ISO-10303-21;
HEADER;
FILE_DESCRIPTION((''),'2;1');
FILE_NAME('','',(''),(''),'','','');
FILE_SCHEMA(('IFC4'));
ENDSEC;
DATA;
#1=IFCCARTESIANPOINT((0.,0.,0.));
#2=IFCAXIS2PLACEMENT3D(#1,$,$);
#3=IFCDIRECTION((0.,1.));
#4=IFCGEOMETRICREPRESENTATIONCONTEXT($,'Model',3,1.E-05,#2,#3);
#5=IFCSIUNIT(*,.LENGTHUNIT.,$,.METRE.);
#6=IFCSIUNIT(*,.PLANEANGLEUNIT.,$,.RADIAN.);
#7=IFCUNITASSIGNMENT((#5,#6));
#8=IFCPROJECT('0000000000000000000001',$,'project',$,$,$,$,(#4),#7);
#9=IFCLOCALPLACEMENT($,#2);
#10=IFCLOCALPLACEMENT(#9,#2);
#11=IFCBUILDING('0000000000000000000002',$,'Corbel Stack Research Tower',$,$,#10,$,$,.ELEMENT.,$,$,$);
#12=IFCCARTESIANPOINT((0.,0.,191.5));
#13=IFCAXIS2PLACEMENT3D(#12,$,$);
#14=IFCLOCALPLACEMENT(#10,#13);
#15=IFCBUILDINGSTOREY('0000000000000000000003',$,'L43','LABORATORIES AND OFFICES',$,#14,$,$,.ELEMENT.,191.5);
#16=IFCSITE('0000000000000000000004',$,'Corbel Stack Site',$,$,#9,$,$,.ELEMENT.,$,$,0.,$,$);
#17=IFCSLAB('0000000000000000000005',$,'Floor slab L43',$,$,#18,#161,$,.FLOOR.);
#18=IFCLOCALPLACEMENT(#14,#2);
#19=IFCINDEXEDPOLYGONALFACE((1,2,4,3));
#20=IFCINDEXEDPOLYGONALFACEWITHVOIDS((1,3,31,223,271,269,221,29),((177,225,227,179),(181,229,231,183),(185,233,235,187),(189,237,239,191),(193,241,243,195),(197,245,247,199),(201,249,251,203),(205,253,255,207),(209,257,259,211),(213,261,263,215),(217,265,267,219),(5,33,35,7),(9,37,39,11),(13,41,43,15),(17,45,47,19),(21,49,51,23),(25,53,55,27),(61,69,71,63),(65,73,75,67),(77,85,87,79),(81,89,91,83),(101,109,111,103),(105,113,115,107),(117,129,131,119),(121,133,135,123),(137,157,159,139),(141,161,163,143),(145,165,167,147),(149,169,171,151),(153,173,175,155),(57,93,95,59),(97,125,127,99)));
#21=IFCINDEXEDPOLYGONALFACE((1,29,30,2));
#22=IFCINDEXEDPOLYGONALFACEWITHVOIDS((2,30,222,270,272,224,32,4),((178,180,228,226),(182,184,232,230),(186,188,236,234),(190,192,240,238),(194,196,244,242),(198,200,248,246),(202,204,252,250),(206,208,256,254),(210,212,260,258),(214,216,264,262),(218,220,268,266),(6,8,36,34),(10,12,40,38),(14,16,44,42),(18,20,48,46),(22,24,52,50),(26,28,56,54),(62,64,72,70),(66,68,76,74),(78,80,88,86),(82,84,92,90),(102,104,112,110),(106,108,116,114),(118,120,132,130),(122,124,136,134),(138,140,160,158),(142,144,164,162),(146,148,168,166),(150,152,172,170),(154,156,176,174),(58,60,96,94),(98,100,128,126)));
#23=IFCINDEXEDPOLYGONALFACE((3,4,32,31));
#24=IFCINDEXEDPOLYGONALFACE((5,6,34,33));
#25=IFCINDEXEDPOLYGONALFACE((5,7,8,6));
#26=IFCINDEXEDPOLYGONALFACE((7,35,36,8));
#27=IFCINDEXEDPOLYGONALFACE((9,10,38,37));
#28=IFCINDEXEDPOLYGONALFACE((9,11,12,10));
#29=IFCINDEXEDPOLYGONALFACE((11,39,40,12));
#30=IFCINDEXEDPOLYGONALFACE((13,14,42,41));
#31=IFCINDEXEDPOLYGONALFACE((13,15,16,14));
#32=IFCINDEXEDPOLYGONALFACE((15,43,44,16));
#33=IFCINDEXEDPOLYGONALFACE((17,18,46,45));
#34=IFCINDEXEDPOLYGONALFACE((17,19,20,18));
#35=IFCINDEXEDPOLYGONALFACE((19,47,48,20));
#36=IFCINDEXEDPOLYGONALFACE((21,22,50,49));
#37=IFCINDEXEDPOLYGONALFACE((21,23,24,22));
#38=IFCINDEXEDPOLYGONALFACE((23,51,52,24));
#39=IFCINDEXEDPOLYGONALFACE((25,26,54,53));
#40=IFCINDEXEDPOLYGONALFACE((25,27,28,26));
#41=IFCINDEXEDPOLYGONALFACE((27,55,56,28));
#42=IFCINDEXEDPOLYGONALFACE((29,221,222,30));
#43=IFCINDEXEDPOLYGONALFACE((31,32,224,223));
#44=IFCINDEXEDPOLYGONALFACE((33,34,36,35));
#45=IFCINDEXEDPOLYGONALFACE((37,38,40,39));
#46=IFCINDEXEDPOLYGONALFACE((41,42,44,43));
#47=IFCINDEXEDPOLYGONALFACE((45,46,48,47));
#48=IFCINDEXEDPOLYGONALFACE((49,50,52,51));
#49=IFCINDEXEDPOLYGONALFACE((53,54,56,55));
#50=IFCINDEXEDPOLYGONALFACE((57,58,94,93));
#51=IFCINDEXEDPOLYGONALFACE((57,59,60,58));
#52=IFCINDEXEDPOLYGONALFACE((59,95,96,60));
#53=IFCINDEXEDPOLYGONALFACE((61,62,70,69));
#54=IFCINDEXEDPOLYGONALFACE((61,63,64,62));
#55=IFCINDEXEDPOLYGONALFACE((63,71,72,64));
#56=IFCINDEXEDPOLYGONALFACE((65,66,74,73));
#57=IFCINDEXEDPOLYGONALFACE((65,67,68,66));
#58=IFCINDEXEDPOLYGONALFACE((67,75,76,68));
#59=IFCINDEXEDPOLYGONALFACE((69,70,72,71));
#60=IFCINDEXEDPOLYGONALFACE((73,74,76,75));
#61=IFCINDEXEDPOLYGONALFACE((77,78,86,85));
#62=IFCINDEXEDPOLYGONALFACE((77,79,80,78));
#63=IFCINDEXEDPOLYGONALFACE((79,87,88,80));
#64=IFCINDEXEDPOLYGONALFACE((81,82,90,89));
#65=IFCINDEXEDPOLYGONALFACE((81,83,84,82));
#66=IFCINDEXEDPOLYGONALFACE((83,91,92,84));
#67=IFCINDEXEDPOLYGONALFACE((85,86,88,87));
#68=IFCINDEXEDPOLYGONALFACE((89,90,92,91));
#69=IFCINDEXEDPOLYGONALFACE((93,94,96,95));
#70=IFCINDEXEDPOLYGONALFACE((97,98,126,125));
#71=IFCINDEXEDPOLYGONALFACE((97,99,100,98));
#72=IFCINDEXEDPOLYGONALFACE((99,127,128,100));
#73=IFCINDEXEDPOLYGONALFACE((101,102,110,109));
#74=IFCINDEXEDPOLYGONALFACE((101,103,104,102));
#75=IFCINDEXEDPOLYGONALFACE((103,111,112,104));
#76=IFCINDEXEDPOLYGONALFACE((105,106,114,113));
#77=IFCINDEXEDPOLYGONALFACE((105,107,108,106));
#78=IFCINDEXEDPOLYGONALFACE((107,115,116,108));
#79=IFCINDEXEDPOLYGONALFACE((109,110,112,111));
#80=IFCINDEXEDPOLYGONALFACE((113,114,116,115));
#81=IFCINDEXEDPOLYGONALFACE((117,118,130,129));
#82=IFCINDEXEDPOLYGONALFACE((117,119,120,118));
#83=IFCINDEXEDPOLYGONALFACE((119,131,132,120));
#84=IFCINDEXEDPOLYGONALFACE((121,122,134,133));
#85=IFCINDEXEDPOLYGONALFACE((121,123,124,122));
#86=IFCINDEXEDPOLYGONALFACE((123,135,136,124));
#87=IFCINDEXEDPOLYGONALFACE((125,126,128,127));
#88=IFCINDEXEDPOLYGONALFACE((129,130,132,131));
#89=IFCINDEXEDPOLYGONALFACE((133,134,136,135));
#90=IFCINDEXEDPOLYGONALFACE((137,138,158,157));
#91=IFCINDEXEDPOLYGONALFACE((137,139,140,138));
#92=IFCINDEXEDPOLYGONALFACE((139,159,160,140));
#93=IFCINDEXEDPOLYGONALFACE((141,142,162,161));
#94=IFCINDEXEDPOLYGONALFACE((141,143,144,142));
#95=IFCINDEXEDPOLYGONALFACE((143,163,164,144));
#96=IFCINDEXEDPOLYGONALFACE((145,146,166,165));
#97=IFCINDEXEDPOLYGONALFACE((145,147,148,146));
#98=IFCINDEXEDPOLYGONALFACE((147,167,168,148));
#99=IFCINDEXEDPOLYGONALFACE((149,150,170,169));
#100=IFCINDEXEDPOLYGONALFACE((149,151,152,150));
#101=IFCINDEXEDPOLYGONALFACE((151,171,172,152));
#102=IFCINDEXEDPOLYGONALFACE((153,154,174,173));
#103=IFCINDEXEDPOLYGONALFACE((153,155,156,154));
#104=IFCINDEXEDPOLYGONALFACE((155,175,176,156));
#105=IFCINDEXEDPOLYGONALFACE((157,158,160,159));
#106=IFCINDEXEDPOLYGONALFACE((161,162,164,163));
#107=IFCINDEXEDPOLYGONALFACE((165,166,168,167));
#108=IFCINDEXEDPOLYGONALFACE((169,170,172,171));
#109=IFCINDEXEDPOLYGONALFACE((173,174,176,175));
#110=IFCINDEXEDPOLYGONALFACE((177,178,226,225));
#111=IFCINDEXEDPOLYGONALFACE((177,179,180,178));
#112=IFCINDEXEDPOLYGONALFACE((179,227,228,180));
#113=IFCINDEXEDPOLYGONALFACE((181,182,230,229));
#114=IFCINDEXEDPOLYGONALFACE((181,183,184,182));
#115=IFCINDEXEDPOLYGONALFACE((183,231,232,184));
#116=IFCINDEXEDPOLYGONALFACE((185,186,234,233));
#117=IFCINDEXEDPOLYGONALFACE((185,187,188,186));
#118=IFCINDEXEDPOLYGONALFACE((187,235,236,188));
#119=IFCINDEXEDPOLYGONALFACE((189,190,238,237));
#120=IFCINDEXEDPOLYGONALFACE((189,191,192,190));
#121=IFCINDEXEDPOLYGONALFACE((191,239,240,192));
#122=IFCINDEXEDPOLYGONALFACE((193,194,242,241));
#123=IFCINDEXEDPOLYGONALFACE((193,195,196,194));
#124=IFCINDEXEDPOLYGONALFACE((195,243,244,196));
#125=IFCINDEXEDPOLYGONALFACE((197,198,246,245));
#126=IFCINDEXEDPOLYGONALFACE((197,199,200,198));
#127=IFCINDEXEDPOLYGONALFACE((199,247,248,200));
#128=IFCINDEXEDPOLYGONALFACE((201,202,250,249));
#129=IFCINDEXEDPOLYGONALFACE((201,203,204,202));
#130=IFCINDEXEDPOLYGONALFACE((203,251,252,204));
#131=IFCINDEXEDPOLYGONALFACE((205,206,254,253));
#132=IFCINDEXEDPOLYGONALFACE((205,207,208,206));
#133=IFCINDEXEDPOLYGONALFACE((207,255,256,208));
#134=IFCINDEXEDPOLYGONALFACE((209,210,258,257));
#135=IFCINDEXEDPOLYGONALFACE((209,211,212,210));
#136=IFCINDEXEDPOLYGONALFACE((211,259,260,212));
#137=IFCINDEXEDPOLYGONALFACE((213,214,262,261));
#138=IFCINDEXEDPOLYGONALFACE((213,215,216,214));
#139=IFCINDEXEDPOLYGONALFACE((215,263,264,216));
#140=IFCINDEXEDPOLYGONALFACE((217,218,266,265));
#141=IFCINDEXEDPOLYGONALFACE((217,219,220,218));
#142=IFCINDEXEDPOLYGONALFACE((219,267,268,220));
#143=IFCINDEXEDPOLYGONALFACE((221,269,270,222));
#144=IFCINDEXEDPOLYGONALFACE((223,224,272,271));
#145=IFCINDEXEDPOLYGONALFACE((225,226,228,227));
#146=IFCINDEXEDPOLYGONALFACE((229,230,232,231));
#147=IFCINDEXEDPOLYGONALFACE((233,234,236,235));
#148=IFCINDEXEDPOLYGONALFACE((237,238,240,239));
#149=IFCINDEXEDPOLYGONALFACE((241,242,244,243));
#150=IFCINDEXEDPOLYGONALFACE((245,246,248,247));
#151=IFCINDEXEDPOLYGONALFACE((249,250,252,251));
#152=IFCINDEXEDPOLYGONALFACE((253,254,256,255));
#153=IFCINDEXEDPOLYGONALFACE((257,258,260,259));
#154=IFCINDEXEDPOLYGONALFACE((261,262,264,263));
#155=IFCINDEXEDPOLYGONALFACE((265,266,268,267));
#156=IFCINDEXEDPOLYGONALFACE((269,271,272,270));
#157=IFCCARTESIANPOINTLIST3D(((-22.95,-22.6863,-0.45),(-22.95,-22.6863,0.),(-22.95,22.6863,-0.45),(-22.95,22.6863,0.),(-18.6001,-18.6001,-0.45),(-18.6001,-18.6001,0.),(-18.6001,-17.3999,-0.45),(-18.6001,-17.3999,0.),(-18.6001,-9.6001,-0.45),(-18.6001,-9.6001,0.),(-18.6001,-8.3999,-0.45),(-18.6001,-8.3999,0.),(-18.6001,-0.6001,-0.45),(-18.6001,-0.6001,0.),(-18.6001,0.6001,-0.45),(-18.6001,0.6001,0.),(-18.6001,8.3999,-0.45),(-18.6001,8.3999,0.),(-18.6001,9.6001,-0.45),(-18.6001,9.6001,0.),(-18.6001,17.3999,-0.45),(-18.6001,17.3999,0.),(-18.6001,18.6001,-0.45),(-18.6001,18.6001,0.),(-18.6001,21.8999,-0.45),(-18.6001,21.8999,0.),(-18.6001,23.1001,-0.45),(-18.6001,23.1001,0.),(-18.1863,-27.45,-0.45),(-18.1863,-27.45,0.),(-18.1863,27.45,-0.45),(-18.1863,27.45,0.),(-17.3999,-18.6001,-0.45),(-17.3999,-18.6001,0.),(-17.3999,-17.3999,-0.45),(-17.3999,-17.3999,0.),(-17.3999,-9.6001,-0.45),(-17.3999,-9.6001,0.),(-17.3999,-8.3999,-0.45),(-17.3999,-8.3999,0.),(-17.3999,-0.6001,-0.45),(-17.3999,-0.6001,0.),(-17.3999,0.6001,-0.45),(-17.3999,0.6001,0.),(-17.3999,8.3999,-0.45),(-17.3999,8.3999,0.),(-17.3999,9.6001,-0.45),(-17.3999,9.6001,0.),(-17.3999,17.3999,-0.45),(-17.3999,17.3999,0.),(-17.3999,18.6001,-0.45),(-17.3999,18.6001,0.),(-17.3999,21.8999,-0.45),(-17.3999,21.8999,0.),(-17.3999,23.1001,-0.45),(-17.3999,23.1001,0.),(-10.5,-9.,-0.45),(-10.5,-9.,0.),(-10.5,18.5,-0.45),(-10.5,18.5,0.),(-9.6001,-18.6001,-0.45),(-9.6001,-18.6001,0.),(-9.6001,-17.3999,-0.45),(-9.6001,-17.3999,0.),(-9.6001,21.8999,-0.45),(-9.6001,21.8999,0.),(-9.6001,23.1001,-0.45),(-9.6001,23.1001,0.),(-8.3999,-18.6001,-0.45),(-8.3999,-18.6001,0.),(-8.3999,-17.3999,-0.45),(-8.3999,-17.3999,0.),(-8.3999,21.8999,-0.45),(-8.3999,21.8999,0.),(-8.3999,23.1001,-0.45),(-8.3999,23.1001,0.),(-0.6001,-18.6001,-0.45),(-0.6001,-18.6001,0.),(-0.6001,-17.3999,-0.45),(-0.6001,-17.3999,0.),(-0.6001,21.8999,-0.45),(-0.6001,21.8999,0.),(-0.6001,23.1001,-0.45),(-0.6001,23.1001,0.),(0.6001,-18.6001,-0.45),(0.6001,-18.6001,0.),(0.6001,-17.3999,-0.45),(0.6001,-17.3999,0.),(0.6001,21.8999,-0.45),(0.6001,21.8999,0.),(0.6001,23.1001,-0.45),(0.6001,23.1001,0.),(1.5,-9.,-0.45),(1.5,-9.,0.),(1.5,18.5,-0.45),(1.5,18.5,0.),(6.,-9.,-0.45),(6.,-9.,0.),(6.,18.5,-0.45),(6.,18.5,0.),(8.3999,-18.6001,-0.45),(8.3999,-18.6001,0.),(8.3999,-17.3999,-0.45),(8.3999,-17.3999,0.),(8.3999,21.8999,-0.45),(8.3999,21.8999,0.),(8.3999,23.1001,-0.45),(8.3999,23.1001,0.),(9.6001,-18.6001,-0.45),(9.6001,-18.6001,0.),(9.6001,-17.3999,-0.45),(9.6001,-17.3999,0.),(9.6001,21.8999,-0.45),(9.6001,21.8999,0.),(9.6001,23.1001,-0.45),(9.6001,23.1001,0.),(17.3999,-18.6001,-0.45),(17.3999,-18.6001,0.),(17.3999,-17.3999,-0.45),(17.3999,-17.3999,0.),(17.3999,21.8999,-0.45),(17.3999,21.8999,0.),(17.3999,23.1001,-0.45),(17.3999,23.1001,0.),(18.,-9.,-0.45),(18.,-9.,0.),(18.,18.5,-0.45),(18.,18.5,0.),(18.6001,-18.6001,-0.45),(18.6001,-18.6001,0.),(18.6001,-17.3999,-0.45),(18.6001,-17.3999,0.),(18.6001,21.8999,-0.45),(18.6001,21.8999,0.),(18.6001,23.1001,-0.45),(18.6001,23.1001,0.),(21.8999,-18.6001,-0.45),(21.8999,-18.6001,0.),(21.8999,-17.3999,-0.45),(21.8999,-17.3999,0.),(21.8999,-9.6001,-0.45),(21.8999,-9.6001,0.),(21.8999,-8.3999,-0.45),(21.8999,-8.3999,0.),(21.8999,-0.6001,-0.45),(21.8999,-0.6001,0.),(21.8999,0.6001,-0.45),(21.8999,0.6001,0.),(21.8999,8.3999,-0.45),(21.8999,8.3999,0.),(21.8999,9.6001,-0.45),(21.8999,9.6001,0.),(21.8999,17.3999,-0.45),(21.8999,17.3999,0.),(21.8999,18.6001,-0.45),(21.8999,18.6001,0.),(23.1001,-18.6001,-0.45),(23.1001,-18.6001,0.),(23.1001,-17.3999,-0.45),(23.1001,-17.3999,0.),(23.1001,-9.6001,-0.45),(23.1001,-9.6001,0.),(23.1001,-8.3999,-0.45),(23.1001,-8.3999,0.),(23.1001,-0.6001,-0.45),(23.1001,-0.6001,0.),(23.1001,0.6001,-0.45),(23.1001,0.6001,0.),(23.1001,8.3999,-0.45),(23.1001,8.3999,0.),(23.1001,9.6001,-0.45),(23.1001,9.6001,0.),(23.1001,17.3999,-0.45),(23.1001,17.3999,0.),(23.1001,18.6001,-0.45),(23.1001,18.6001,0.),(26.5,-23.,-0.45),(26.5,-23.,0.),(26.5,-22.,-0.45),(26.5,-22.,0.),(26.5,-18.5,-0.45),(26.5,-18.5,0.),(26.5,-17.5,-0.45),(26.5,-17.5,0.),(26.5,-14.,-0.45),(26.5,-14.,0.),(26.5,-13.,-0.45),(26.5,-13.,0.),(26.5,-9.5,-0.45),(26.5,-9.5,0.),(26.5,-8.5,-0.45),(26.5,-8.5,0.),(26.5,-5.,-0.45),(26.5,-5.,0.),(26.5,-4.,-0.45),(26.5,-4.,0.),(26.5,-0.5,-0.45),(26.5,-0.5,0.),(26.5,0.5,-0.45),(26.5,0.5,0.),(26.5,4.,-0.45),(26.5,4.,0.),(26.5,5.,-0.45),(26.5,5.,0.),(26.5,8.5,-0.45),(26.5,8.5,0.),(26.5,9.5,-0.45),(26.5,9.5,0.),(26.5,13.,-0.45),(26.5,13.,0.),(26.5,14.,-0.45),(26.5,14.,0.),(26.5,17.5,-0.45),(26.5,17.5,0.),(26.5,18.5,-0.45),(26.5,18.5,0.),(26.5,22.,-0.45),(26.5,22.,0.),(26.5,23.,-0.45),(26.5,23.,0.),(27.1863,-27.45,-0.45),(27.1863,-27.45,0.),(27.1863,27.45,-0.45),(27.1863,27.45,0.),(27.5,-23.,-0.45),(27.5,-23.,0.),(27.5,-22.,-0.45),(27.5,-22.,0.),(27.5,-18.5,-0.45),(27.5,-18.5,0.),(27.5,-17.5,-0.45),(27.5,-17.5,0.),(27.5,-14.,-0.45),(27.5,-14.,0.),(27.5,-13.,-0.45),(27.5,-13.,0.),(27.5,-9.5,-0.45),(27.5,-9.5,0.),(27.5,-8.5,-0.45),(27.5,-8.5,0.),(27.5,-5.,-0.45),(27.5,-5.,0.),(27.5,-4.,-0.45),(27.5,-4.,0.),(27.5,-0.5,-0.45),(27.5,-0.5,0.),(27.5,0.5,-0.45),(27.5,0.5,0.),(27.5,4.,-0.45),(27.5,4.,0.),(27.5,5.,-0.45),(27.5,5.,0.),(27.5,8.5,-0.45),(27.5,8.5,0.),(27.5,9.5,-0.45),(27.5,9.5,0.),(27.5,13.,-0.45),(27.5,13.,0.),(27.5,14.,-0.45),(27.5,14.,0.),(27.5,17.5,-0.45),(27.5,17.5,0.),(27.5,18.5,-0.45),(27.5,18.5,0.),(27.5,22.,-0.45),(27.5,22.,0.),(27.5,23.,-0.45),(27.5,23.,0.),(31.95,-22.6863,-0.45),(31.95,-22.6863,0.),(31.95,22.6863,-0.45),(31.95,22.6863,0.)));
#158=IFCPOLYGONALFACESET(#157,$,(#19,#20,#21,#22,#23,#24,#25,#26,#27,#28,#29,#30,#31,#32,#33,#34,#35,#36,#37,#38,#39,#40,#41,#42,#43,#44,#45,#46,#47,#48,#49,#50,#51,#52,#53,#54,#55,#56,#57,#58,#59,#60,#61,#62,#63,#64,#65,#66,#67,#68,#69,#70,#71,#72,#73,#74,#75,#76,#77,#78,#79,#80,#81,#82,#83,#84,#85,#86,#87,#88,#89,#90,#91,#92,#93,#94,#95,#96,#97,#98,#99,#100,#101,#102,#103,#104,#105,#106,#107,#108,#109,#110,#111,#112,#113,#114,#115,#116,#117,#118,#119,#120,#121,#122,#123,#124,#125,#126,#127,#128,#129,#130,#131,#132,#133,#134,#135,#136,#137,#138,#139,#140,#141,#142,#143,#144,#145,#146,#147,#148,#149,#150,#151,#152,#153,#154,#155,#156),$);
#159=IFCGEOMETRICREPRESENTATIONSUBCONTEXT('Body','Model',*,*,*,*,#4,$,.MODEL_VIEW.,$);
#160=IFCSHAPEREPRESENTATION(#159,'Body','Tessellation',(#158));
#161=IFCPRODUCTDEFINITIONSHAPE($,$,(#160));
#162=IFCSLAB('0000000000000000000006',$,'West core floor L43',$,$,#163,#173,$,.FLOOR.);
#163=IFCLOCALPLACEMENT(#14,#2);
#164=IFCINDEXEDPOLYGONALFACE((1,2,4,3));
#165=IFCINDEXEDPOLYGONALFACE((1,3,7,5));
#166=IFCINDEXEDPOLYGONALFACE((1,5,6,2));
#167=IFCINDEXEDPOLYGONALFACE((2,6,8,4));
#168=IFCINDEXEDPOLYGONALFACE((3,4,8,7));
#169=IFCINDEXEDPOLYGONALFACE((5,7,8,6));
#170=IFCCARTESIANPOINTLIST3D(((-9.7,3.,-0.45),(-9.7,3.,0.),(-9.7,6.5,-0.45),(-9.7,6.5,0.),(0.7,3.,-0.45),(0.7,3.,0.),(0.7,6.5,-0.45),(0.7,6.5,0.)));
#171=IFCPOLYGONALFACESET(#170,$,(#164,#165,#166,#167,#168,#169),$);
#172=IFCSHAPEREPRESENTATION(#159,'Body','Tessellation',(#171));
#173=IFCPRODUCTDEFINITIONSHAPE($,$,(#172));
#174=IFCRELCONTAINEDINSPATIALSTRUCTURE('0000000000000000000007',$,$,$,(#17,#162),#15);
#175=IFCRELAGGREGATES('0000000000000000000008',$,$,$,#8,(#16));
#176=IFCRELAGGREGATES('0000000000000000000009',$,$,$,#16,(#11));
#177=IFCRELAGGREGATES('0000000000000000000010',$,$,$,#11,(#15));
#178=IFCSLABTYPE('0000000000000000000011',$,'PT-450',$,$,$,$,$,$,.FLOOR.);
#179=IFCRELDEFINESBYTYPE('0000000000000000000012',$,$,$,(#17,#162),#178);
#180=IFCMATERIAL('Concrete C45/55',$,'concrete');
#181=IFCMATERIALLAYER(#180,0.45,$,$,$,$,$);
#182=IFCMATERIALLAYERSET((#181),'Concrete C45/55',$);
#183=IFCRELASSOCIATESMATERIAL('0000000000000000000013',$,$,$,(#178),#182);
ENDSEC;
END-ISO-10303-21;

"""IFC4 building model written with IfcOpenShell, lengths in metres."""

from ifc_helpers import new_model, si_unit, direction, frame, origin, place, context, subcontext, project, spatial, polyline, outline, extrude, material, layer, layer_set, type_object, element, save


model = new_model("IFC4")

# Units and contexts
model_context = context("Model", 3, precision=1e-05, world=origin(), true_north=direction((0.0, 1.0)))
body_context = subcontext(model_context, "Body", "Model", "MODEL_VIEW")
ifc_project = project(units=[si_unit("LENGTHUNIT", "METRE"), si_unit("PLANEANGLEUNIT", "RADIAN")], contexts=[model_context])

# Site, building, storey
site_placement = place(None, origin())
site = spatial("IfcSite", under=ifc_project, at=site_placement, Name="Corbel Stack Site", CompositionType="ELEMENT", RefElevation=0.0)
building_placement = place(site_placement, origin())
building = spatial("IfcBuilding", under=site, at=building_placement, Name="Corbel Stack Research Tower", CompositionType="ELEMENT")
storey_placement = place(building_placement, frame((0.0, 0.0, 191.5)))
storey = spatial("IfcBuildingStorey", under=building, at=storey_placement, Name="L43", Description="LABORATORIES AND OFFICES", CompositionType="ELEMENT", Elevation=191.5)

# Slabs
ifc_material_1 = material(Name="Concrete C45/55", Category="concrete")
ifc_layer_1 = layer(ifc_material_1, 0.45)
ifc_layer_set_1 = layer_set([ifc_layer_1], Name="Concrete C45/55")
slab_type_1 = type_object("IfcSlabType", Name="PT-450", PredefinedType="FLOOR", material=ifc_layer_set_1)
slab_1_placement = place(storey_placement, frame((0.0, 0.0, -0.45)))
element("IfcSlab", 1, at=slab_1_placement, inside=storey, type_object=slab_type_1, Name="Floor slab L43", PredefinedType="FLOOR", context=body_context, shape_type="SweptSolid", body=[
    extrude(outline(polyline([(-18.1863, -27.45), (27.1863, -27.45), (31.95, -22.6863), (31.95, 22.6863), (27.1863, 27.45), (-18.1863, 27.45), (-22.95, 22.6863), (-22.95, -22.6863), (-18.1863, -27.45)]), holes=[polyline([(26.5, 22.0), (26.5, 23.0), (27.5, 23.0), (27.5, 22.0), (26.5, 22.0)]), polyline([(26.5, -23.0), (26.5, -22.0), (27.5, -22.0), (27.5, -23.0), (26.5, -23.0)]), polyline([(26.5, -18.5), (26.5, -17.5), (27.5, -17.5), (27.5, -18.5), (26.5, -18.5)]), polyline([(26.5, -14.0), (26.5, -13.0), (27.5, -13.0), (27.5, -14.0), (26.5, -14.0)]), polyline([(26.5, -9.5), (26.5, -8.5), (27.5, -8.5), (27.5, -9.5), (26.5, -9.5)]), polyline([(26.5, -5.0), (26.5, -4.0), (27.5, -4.0), (27.5, -5.0), (26.5, -5.0)]), polyline([(26.5, -0.5), (26.5, 0.5), (27.5, 0.5), (27.5, -0.5), (26.5, -0.5)]), polyline([(26.5, 4.0), (26.5, 5.0), (27.5, 5.0), (27.5, 4.0), (26.5, 4.0)]), polyline([(26.5, 8.5), (26.5, 9.5), (27.5, 9.5), (27.5, 8.5), (26.5, 8.5)]), polyline([(26.5, 13.0), (26.5, 14.0), (27.5, 14.0), (27.5, 13.0), (26.5, 13.0)]), polyline([(26.5, 17.5), (26.5, 18.5), (27.5, 18.5), (27.5, 17.5), (26.5, 17.5)]), polyline([(21.8999, 17.3999), (21.8999, 18.6001), (23.1001, 18.6001), (23.1001, 17.3999), (21.8999, 17.3999)]), polyline([(21.8999, 8.3999), (21.8999, 9.6001), (23.1001, 9.6001), (23.1001, 8.3999), (21.8999, 8.3999)]), polyline([(21.8999, -0.6001), (21.8999, 0.6001), (23.1001, 0.6001), (23.1001, -0.6001), (21.8999, -0.6001)]), polyline([(21.8999, -9.6001), (21.8999, -8.3999), (23.1001, -8.3999), (23.1001, -9.6001), (21.8999, -9.6001)]), polyline([(21.8999, -18.6001), (21.8999, -17.3999), (23.1001, -17.3999), (23.1001, -18.6001), (21.8999, -18.6001)]), polyline([(17.3999, 21.8999), (17.3999, 23.1001), (18.6001, 23.1001), (18.6001, 21.8999), (17.3999, 21.8999)]), polyline([(17.3999, -18.6001), (17.3999, -17.3999), (18.6001, -17.3999), (18.6001, -18.6001), (17.3999, -18.6001)]), polyline([(6.0, -9.0), (6.0, 18.5), (18.0, 18.5), (18.0, -9.0), (6.0, -9.0)]), polyline([(8.3999, 21.8999), (8.3999, 23.1001), (9.6001, 23.1001), (9.6001, 21.8999), (8.3999, 21.8999)]), polyline([(8.3999, -18.6001), (8.3999, -17.3999), (9.6001, -17.3999), (9.6001, -18.6001), (8.3999, -18.6001)]), polyline([(-10.5, -9.0), (-10.5, 18.5), (1.5, 18.5), (1.5, -9.0), (-10.5, -9.0)]), polyline([(-0.6001, 21.8999), (-0.6001, 23.1001), (0.6001, 23.1001), (0.6001, 21.8999), (-0.6001, 21.8999)]), polyline([(-0.6001, -18.6001), (-0.6001, -17.3999), (0.6001, -17.3999), (0.6001, -18.6001), (-0.6001, -18.6001)]), polyline([(-9.6001, 21.8999), (-9.6001, 23.1001), (-8.3999, 23.1001), (-8.3999, 21.8999), (-9.6001, 21.8999)]), polyline([(-9.6001, -18.6001), (-9.6001, -17.3999), (-8.3999, -17.3999), (-8.3999, -18.6001), (-9.6001, -18.6001)]), polyline([(-18.6001, 21.8999), (-18.6001, 23.1001), (-17.3999, 23.1001), (-17.3999, 21.8999), (-18.6001, 21.8999)]), polyline([(-18.6001, 17.3999), (-18.6001, 18.6001), (-17.3999, 18.6001), (-17.3999, 17.3999), (-18.6001, 17.3999)]), polyline([(-18.6001, 8.3999), (-18.6001, 9.6001), (-17.3999, 9.6001), (-17.3999, 8.3999), (-18.6001, 8.3999)]), polyline([(-18.6001, -0.6001), (-18.6001, 0.6001), (-17.3999, 0.6001), (-17.3999, -0.6001), (-18.6001, -0.6001)]), polyline([(-18.6001, -9.6001), (-18.6001, -8.3999), (-17.3999, -8.3999), (-17.3999, -9.6001), (-18.6001, -9.6001)]), polyline([(-18.6001, -18.6001), (-18.6001, -17.3999), (-17.3999, -17.3999), (-17.3999, -18.6001), (-18.6001, -18.6001)])]), origin(), (0.0, 0.0, 1.0), 0.45),
])
slab_2_placement = place(storey_placement, frame((0.0, 0.0, -0.45)))
element("IfcSlab", 2, at=slab_2_placement, inside=storey, type_object=slab_type_1, Name="West core floor L43", PredefinedType="FLOOR", context=body_context, shape_type="SweptSolid", body=[
    extrude(outline(polyline([(0.7, 6.5), (-9.7, 6.5), (-9.7, 3.0), (0.7, 3.0), (0.7, 6.5)])), origin(), (0.0, 0.0, 1.0), 0.45),
])

save(model, "model.ifc")
